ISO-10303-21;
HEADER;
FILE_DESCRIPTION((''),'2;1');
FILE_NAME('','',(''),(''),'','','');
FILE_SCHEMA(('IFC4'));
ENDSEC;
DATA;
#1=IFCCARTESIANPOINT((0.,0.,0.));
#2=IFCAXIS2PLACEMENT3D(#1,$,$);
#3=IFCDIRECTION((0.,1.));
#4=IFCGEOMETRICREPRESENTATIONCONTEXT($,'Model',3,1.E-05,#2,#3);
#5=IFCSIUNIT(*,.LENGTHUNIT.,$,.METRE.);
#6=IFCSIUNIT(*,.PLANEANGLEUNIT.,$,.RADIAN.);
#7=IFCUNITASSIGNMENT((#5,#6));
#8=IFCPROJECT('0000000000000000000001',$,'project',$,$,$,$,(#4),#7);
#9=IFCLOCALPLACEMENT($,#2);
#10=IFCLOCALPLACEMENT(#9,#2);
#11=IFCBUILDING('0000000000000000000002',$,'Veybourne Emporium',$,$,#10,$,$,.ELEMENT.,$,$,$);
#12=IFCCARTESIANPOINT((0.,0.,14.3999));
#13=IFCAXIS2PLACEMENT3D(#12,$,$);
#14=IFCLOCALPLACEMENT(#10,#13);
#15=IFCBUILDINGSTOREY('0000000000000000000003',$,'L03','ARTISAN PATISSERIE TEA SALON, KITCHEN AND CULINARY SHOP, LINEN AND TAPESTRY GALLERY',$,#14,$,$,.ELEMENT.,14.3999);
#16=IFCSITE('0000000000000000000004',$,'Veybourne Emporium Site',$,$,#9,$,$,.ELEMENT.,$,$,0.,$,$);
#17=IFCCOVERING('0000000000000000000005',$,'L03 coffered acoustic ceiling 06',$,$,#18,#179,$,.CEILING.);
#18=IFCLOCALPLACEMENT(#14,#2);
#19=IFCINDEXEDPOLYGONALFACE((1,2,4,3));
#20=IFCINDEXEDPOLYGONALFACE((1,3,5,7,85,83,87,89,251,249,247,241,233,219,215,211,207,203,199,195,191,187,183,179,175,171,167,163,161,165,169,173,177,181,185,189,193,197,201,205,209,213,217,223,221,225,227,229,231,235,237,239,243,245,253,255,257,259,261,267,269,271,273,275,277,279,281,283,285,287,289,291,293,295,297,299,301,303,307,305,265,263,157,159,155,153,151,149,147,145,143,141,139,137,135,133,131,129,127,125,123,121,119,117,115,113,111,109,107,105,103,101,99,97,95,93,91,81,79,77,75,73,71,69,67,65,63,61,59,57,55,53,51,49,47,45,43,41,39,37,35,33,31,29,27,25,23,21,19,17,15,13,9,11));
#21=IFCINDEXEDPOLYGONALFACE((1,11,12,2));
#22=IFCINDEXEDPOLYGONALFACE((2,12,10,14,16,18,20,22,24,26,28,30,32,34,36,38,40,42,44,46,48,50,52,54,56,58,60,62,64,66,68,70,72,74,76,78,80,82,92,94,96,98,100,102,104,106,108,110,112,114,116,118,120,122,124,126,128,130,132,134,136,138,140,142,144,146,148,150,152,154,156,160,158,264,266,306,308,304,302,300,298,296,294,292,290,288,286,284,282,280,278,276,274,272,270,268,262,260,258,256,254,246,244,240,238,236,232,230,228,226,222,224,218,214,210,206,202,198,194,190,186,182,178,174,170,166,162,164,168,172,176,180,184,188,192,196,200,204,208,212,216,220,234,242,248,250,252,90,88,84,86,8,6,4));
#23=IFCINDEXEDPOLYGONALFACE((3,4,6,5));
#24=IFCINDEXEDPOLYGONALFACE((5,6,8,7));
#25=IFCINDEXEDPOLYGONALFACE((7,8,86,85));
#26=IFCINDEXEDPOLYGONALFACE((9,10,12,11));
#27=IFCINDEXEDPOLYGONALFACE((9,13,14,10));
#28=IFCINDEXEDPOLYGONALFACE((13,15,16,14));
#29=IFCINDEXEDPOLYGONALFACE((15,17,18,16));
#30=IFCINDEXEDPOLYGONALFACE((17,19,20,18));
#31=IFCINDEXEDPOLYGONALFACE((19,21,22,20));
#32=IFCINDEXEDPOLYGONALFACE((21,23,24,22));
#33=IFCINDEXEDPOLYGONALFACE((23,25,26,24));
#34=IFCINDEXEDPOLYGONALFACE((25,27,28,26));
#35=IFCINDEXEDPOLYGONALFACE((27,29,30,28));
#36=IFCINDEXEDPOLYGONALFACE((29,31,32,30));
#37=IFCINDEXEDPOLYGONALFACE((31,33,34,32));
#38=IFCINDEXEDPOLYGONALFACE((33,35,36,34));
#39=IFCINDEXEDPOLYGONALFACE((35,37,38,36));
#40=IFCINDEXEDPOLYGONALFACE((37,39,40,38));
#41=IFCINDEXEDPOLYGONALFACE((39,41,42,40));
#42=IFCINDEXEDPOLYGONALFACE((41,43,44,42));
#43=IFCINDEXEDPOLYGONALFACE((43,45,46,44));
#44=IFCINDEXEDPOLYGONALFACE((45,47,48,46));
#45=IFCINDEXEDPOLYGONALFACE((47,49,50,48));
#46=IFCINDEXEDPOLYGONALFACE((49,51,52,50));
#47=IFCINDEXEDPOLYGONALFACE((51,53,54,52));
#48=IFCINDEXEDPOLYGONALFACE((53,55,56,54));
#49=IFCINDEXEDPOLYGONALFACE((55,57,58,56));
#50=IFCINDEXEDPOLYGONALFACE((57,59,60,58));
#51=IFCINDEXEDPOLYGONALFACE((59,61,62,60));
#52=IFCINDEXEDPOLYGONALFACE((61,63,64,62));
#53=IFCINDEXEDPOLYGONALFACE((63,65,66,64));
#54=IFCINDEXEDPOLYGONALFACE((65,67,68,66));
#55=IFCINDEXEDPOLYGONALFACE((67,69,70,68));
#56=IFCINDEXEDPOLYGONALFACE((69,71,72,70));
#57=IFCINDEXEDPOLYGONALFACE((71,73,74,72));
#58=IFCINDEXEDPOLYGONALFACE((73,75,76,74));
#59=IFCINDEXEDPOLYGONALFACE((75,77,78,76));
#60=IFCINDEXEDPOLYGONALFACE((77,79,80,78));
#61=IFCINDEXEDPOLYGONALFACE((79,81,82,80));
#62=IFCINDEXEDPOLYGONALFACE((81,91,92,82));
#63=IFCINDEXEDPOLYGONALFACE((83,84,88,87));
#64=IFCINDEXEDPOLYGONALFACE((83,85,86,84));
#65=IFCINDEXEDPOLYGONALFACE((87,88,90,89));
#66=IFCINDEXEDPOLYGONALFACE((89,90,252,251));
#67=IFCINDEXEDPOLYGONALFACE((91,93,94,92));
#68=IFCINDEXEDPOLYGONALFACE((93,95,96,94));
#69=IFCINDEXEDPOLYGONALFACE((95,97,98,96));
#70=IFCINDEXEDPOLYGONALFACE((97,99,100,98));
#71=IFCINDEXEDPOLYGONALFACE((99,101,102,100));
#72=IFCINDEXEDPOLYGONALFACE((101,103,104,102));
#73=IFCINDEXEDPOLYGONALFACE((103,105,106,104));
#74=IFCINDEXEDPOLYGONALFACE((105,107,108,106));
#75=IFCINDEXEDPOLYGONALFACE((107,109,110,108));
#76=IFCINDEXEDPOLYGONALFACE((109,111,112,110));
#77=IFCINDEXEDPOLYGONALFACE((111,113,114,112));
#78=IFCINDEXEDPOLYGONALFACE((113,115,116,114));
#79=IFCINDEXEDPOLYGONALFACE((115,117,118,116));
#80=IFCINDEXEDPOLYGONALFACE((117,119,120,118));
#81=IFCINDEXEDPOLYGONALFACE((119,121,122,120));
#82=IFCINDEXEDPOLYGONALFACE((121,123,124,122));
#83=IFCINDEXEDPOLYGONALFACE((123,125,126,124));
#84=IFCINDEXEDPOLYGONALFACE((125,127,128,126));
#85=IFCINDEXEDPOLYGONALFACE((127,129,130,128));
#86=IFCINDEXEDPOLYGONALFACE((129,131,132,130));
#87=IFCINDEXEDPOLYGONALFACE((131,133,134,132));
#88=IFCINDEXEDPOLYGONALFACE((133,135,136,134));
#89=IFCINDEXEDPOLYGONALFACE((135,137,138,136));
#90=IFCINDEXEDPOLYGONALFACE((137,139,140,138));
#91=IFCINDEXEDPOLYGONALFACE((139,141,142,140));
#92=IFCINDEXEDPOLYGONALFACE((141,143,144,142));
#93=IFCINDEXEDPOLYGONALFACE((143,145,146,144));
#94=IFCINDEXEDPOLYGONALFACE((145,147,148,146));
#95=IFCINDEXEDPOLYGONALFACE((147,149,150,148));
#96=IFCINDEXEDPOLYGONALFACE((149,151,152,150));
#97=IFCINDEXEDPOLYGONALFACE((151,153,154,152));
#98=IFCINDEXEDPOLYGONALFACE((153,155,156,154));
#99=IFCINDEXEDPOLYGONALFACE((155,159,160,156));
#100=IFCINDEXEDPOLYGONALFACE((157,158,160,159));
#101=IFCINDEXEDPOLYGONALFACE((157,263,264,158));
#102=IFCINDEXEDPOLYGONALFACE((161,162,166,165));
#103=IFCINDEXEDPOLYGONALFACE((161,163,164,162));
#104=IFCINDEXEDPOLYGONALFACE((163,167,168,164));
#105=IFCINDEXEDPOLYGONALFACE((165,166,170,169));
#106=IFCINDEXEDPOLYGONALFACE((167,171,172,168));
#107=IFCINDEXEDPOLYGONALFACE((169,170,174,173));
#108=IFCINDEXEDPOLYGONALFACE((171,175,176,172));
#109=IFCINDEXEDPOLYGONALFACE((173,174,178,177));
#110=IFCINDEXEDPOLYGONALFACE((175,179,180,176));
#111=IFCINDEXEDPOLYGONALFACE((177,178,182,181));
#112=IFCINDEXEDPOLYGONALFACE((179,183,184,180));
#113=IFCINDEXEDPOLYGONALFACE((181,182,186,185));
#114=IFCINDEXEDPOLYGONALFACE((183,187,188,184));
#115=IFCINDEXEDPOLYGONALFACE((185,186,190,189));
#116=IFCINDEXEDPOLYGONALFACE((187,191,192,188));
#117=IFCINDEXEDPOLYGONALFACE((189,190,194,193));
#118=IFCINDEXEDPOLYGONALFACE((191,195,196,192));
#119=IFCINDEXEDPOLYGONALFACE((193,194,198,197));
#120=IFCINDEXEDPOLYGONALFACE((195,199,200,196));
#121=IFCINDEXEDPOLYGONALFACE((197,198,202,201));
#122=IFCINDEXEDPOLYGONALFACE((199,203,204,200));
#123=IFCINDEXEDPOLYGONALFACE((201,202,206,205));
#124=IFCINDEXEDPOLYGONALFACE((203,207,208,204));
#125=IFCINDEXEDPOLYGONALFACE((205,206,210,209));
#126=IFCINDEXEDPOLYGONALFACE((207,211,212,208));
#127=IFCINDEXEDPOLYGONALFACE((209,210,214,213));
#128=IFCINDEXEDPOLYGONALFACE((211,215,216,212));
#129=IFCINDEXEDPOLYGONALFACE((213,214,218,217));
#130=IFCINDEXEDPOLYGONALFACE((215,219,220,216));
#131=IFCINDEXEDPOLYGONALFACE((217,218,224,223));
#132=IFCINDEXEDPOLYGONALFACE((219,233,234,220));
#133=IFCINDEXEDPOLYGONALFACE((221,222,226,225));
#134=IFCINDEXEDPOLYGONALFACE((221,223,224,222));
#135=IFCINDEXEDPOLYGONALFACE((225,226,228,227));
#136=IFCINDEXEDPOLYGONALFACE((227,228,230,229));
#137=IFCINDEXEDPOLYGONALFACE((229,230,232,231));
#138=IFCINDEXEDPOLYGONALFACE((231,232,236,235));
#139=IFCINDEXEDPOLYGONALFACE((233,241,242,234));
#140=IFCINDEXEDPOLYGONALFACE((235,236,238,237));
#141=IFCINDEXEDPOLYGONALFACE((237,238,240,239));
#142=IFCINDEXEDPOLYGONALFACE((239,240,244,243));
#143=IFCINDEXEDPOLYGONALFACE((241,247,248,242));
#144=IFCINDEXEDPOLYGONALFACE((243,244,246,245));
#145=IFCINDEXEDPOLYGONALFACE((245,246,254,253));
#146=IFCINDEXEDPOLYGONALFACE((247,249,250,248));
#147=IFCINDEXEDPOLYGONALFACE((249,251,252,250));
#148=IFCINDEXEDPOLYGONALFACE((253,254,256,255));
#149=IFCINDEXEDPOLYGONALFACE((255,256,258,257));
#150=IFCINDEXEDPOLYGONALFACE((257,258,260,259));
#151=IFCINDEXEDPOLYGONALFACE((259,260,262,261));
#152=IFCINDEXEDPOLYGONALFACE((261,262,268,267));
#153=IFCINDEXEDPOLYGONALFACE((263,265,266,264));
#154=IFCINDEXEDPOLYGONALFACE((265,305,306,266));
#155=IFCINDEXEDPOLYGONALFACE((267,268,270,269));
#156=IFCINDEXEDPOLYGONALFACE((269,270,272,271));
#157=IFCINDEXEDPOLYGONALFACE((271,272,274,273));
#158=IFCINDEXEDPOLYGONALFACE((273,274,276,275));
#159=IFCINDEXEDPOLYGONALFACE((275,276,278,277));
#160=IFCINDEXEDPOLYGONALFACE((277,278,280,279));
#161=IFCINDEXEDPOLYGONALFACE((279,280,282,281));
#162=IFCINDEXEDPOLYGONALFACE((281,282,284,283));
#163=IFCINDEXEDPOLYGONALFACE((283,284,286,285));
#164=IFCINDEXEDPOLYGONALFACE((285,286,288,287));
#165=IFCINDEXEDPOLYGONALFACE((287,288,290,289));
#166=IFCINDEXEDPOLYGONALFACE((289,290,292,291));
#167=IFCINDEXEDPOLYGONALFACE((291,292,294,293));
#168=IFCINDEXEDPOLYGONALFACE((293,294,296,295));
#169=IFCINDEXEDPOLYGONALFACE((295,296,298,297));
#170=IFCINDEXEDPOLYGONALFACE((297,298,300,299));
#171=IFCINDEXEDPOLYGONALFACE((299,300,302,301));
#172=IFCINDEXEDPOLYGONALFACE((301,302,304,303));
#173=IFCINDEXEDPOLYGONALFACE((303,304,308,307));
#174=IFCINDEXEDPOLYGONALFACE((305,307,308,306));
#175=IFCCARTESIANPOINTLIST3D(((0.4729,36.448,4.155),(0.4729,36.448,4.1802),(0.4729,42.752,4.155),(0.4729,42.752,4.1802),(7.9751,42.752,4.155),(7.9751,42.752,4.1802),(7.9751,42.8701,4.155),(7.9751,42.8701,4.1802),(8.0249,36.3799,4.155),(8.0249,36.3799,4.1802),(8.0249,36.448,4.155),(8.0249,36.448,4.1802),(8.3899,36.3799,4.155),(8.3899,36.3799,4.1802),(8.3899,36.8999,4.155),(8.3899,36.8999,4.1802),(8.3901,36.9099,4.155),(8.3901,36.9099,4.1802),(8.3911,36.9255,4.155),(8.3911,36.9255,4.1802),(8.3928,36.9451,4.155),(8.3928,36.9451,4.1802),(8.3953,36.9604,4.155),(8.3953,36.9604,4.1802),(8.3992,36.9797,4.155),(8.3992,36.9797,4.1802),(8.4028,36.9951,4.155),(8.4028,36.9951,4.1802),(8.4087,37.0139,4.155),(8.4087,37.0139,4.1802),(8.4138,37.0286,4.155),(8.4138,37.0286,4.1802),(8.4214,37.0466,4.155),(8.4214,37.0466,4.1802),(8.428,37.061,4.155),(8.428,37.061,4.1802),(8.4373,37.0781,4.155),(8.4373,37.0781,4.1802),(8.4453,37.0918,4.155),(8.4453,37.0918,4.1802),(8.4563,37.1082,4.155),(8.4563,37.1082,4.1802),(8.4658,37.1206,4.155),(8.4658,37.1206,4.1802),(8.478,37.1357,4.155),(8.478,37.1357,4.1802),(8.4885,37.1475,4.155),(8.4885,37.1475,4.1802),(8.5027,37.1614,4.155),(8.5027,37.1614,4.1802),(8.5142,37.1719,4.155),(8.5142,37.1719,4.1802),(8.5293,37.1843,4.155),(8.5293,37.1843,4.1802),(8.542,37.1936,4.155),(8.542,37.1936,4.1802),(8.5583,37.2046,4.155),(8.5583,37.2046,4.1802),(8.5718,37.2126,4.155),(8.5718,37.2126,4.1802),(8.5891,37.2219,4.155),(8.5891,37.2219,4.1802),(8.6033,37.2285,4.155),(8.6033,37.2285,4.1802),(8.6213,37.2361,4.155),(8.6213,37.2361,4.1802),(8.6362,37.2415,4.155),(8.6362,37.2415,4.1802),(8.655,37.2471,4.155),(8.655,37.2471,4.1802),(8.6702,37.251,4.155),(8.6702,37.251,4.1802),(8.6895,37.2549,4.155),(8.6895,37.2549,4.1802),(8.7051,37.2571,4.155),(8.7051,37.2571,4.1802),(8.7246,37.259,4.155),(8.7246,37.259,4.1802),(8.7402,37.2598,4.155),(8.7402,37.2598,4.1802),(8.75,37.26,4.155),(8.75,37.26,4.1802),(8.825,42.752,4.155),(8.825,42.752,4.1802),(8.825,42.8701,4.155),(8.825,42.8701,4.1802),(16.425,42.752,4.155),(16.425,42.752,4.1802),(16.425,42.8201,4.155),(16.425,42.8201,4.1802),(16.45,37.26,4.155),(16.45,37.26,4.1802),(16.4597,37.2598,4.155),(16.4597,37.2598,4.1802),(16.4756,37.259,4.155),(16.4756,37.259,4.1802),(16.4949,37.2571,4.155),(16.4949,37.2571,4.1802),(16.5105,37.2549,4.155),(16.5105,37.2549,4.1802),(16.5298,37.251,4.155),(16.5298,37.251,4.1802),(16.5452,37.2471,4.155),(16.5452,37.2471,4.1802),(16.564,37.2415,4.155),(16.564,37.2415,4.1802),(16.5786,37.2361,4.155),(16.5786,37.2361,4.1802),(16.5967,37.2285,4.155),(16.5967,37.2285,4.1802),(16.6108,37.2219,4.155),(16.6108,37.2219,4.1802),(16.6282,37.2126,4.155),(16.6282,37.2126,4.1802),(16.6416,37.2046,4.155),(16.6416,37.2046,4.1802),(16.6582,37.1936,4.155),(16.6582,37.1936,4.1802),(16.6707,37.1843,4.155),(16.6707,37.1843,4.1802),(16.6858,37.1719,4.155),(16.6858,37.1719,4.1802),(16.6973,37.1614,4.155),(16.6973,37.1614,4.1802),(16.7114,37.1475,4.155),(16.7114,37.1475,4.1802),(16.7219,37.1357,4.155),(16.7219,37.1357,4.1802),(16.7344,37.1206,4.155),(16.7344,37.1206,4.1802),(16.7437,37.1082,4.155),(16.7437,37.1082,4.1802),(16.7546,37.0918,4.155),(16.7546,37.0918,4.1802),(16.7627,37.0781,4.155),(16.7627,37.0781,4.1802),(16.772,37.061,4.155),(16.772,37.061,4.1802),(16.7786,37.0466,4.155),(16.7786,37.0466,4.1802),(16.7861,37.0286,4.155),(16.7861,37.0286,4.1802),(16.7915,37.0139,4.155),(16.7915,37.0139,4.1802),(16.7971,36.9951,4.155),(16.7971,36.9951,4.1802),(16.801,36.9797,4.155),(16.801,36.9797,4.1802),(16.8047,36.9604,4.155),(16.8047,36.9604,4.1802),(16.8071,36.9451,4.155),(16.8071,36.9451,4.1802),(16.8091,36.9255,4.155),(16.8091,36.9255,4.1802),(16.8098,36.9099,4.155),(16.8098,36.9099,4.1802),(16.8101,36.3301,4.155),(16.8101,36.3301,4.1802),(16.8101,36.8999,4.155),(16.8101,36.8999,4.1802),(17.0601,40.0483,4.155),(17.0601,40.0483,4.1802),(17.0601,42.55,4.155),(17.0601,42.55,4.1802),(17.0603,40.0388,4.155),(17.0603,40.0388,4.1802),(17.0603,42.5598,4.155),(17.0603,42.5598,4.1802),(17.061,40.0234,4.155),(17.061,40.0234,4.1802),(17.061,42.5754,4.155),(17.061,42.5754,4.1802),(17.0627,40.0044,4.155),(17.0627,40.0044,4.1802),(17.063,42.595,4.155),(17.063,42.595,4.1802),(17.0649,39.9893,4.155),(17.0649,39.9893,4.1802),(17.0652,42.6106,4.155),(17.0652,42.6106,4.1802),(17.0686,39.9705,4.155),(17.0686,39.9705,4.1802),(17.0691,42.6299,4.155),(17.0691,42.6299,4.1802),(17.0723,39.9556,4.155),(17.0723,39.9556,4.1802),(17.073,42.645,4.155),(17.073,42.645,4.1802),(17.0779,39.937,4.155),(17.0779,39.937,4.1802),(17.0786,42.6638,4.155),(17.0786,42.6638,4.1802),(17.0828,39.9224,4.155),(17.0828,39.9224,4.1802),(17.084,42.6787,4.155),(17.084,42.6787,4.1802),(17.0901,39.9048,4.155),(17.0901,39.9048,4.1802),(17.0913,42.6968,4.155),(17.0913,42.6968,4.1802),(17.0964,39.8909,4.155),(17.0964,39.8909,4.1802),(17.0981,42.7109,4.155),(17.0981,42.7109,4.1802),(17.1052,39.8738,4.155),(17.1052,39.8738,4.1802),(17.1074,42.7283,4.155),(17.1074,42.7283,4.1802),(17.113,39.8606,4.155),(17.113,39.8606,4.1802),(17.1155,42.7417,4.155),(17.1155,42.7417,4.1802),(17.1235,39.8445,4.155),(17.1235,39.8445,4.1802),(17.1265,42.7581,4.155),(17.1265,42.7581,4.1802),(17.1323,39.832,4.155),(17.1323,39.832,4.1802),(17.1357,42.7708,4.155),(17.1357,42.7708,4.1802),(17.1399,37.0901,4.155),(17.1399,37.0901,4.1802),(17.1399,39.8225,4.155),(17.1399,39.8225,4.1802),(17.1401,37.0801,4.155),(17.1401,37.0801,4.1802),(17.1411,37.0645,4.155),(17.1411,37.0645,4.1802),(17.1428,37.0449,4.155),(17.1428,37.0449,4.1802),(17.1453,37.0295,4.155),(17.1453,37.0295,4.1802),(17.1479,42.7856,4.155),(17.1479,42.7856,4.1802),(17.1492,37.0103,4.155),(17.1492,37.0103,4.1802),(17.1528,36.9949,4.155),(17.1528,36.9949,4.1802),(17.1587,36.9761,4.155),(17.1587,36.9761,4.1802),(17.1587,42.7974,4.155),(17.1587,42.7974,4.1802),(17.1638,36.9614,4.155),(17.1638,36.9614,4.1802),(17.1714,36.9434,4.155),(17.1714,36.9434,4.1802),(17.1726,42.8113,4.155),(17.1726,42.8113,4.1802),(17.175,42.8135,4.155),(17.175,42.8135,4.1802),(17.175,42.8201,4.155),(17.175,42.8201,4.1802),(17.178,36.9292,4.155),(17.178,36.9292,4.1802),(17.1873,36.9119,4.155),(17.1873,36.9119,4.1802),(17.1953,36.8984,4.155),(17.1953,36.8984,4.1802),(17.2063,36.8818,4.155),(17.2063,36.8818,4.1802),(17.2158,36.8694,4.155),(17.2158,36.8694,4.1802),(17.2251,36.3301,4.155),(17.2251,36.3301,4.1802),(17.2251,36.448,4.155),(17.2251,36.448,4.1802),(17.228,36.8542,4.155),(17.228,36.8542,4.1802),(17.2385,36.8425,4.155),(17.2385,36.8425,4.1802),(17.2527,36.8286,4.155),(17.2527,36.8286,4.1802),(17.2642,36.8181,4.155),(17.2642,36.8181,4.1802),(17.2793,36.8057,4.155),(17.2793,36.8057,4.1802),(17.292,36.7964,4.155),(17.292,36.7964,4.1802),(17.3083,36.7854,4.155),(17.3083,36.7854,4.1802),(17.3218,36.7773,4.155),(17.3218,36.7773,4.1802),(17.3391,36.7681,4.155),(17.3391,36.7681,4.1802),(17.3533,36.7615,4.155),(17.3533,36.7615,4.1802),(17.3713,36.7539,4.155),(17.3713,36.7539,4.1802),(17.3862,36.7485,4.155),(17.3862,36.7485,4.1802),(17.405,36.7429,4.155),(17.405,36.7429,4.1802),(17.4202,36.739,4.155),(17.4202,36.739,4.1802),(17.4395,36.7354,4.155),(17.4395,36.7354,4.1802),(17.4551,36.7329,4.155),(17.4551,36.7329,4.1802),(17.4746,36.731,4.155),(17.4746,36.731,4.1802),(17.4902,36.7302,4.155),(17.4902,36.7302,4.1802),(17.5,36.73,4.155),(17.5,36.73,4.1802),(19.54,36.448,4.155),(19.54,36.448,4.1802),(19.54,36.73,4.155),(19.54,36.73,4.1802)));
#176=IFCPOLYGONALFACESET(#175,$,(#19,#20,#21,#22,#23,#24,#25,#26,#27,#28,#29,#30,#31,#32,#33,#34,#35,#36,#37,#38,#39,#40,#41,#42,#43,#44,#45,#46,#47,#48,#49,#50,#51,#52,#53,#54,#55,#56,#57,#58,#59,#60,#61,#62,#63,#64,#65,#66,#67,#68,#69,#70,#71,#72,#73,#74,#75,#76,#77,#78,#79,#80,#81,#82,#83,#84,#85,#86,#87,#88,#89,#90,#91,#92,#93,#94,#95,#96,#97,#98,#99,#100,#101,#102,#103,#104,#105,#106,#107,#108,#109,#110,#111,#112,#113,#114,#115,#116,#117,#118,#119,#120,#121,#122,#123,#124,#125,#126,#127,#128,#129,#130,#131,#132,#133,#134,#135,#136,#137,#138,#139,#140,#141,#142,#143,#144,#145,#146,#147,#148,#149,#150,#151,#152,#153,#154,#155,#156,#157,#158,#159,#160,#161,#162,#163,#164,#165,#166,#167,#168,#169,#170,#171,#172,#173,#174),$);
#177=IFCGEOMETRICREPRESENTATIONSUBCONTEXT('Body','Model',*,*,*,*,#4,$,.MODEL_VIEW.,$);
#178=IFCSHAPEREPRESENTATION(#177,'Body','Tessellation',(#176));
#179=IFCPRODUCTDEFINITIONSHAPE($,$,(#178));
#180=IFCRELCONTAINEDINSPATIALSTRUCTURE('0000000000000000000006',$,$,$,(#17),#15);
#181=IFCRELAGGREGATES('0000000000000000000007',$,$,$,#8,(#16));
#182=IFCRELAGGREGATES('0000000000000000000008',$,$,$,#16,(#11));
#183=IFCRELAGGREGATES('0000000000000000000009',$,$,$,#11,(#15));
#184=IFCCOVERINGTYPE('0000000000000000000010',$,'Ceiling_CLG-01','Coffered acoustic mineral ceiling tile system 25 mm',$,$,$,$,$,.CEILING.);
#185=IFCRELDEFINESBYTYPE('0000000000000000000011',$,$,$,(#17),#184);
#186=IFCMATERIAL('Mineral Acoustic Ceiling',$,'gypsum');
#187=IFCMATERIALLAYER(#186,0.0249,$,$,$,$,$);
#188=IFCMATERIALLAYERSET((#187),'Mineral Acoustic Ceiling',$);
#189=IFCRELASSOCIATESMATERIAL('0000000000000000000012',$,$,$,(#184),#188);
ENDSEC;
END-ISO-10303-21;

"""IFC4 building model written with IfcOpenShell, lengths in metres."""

from ifc_helpers import new_model, si_unit, direction, frame, origin, place, context, subcontext, project, spatial, polyline, outline, extrude, material, layer, layer_set, type_object, element, save


model = new_model("IFC4")

# Units and contexts
model_context = context("Model", 3, precision=1e-05, world=origin(), true_north=direction((0.0, 1.0)))
body_context = subcontext(model_context, "Body", "Model", "MODEL_VIEW")
ifc_project = project(units=[si_unit("LENGTHUNIT", "METRE"), si_unit("PLANEANGLEUNIT", "RADIAN")], contexts=[model_context])

# Site, building, storey
site_placement = place(None, origin())
site = spatial("IfcSite", under=ifc_project, at=site_placement, Name="Veybourne Emporium Site", CompositionType="ELEMENT", RefElevation=0.0)
building_placement = place(site_placement, origin())
building = spatial("IfcBuilding", under=site, at=building_placement, Name="Veybourne Emporium", CompositionType="ELEMENT")
storey_placement = place(building_placement, frame((0.0, 0.0, 14.3999)))
storey = spatial("IfcBuildingStorey", under=building, at=storey_placement, Name="L03", Description="ARTISAN PATISSERIE TEA SALON, KITCHEN AND CULINARY SHOP, LINEN AND TAPESTRY GALLERY", CompositionType="ELEMENT", Elevation=14.3999)

# Covering
ifc_material_1 = material(Name="Mineral Acoustic Ceiling", Category="gypsum")
ifc_layer_1 = layer(ifc_material_1, 0.0249)
ifc_layer_set_1 = layer_set([ifc_layer_1], Name="Mineral Acoustic Ceiling")
covering_type_1 = type_object("IfcCoveringType", Name="Ceiling_CLG-01", Description="Coffered acoustic mineral ceiling tile system 25 mm", PredefinedType="CEILING", material=ifc_layer_set_1)
covering_1_placement = place(storey_placement, frame((0.0, 0.0, 4.155)))
element("IfcCovering", 1, at=covering_1_placement, inside=storey, type_object=covering_type_1, Name="L03 coffered acoustic ceiling 06", PredefinedType="CEILING", context=body_context, shape_type="SweptSolid", body=[
    extrude(outline(polyline([(8.825, 42.8701), (8.825, 42.752), (16.425, 42.752), (16.425, 42.8201), (17.175, 42.8201), (17.175, 42.8135), (17.1726, 42.8113), (17.1587, 42.7974), (17.1479, 42.7856), (17.1357, 42.7708), (17.1265, 42.7581), (17.1155, 42.7417), (17.1074, 42.7283), (17.0981, 42.7109), (17.0913, 42.6968), (17.084, 42.6787), (17.0786, 42.6638), (17.073, 42.645), (17.0691, 42.6299), (17.0652, 42.6106), (17.063, 42.595), (17.061, 42.5754), (17.0603, 42.5598), (17.0601, 42.55), (17.0601, 40.0483), (17.0603, 40.0388), (17.061, 40.0234), (17.0627, 40.0044), (17.0649, 39.9893), (17.0686, 39.9705), (17.0723, 39.9556), (17.0779, 39.937), (17.0828, 39.9224), (17.0901, 39.9048), (17.0964, 39.8909), (17.1052, 39.8738), (17.113, 39.8606), (17.1235, 39.8445), (17.1323, 39.832), (17.1399, 39.8225), (17.1399, 37.0901), (17.1401, 37.0801), (17.1411, 37.0645), (17.1428, 37.0449), (17.1453, 37.0295), (17.1492, 37.0103), (17.1528, 36.9949), (17.1587, 36.9761), (17.1638, 36.9614), (17.1714, 36.9434), (17.178, 36.9292), (17.1873, 36.9119), (17.1953, 36.8984), (17.2063, 36.8818), (17.2158, 36.8694), (17.228, 36.8542), (17.2385, 36.8425), (17.2527, 36.8286), (17.2642, 36.8181), (17.2793, 36.8057), (17.292, 36.7964), (17.3083, 36.7854), (17.3218, 36.7773), (17.3391, 36.7681), (17.3533, 36.7615), (17.3713, 36.7539), (17.3862, 36.7485), (17.405, 36.7429), (17.4202, 36.739), (17.4395, 36.7354), (17.4551, 36.7329), (17.4746, 36.731), (17.4902, 36.7302), (17.5, 36.73), (19.54, 36.73), (19.54, 36.448), (17.2251, 36.448), (17.2251, 36.3301), (16.8101, 36.3301), (16.8101, 36.8999), (16.8098, 36.9099), (16.8091, 36.9255), (16.8071, 36.9451), (16.8047, 36.9604), (16.801, 36.9797), (16.7971, 36.9951), (16.7915, 37.0139), (16.7861, 37.0286), (16.7786, 37.0466), (16.772, 37.061), (16.7627, 37.0781), (16.7546, 37.0918), (16.7437, 37.1082), (16.7344, 37.1206), (16.7219, 37.1357), (16.7114, 37.1475), (16.6973, 37.1614), (16.6858, 37.1719), (16.6707, 37.1843), (16.6582, 37.1936), (16.6416, 37.2046), (16.6282, 37.2126), (16.6108, 37.2219), (16.5967, 37.2285), (16.5786, 37.2361), (16.564, 37.2415), (16.5452, 37.2471), (16.5298, 37.251), (16.5105, 37.2549), (16.4949, 37.2571), (16.4756, 37.259), (16.4597, 37.2598), (16.45, 37.26), (8.75, 37.26), (8.7402, 37.2598), (8.7246, 37.259), (8.7051, 37.2571), (8.6895, 37.2549), (8.6702, 37.251), (8.655, 37.2471), (8.6362, 37.2415), (8.6213, 37.2361), (8.6033, 37.2285), (8.5891, 37.2219), (8.5718, 37.2126), (8.5583, 37.2046), (8.542, 37.1936), (8.5293, 37.1843), (8.5142, 37.1719), (8.5027, 37.1614), (8.4885, 37.1475), (8.478, 37.1357), (8.4658, 37.1206), (8.4563, 37.1082), (8.4453, 37.0918), (8.4373, 37.0781), (8.428, 37.061), (8.4214, 37.0466), (8.4138, 37.0286), (8.4087, 37.0139), (8.4028, 36.9951), (8.3992, 36.9797), (8.3953, 36.9604), (8.3928, 36.9451), (8.3911, 36.9255), (8.3901, 36.9099), (8.3899, 36.8999), (8.3899, 36.3799), (8.0249, 36.3799), (8.0249, 36.448), (0.4729, 36.448), (0.4729, 42.752), (7.9751, 42.752), (7.9751, 42.8701), (8.825, 42.8701)])), origin(), (0.0, 0.0, 1.0), 0.0251),
])

save(model, "model.ifc")
